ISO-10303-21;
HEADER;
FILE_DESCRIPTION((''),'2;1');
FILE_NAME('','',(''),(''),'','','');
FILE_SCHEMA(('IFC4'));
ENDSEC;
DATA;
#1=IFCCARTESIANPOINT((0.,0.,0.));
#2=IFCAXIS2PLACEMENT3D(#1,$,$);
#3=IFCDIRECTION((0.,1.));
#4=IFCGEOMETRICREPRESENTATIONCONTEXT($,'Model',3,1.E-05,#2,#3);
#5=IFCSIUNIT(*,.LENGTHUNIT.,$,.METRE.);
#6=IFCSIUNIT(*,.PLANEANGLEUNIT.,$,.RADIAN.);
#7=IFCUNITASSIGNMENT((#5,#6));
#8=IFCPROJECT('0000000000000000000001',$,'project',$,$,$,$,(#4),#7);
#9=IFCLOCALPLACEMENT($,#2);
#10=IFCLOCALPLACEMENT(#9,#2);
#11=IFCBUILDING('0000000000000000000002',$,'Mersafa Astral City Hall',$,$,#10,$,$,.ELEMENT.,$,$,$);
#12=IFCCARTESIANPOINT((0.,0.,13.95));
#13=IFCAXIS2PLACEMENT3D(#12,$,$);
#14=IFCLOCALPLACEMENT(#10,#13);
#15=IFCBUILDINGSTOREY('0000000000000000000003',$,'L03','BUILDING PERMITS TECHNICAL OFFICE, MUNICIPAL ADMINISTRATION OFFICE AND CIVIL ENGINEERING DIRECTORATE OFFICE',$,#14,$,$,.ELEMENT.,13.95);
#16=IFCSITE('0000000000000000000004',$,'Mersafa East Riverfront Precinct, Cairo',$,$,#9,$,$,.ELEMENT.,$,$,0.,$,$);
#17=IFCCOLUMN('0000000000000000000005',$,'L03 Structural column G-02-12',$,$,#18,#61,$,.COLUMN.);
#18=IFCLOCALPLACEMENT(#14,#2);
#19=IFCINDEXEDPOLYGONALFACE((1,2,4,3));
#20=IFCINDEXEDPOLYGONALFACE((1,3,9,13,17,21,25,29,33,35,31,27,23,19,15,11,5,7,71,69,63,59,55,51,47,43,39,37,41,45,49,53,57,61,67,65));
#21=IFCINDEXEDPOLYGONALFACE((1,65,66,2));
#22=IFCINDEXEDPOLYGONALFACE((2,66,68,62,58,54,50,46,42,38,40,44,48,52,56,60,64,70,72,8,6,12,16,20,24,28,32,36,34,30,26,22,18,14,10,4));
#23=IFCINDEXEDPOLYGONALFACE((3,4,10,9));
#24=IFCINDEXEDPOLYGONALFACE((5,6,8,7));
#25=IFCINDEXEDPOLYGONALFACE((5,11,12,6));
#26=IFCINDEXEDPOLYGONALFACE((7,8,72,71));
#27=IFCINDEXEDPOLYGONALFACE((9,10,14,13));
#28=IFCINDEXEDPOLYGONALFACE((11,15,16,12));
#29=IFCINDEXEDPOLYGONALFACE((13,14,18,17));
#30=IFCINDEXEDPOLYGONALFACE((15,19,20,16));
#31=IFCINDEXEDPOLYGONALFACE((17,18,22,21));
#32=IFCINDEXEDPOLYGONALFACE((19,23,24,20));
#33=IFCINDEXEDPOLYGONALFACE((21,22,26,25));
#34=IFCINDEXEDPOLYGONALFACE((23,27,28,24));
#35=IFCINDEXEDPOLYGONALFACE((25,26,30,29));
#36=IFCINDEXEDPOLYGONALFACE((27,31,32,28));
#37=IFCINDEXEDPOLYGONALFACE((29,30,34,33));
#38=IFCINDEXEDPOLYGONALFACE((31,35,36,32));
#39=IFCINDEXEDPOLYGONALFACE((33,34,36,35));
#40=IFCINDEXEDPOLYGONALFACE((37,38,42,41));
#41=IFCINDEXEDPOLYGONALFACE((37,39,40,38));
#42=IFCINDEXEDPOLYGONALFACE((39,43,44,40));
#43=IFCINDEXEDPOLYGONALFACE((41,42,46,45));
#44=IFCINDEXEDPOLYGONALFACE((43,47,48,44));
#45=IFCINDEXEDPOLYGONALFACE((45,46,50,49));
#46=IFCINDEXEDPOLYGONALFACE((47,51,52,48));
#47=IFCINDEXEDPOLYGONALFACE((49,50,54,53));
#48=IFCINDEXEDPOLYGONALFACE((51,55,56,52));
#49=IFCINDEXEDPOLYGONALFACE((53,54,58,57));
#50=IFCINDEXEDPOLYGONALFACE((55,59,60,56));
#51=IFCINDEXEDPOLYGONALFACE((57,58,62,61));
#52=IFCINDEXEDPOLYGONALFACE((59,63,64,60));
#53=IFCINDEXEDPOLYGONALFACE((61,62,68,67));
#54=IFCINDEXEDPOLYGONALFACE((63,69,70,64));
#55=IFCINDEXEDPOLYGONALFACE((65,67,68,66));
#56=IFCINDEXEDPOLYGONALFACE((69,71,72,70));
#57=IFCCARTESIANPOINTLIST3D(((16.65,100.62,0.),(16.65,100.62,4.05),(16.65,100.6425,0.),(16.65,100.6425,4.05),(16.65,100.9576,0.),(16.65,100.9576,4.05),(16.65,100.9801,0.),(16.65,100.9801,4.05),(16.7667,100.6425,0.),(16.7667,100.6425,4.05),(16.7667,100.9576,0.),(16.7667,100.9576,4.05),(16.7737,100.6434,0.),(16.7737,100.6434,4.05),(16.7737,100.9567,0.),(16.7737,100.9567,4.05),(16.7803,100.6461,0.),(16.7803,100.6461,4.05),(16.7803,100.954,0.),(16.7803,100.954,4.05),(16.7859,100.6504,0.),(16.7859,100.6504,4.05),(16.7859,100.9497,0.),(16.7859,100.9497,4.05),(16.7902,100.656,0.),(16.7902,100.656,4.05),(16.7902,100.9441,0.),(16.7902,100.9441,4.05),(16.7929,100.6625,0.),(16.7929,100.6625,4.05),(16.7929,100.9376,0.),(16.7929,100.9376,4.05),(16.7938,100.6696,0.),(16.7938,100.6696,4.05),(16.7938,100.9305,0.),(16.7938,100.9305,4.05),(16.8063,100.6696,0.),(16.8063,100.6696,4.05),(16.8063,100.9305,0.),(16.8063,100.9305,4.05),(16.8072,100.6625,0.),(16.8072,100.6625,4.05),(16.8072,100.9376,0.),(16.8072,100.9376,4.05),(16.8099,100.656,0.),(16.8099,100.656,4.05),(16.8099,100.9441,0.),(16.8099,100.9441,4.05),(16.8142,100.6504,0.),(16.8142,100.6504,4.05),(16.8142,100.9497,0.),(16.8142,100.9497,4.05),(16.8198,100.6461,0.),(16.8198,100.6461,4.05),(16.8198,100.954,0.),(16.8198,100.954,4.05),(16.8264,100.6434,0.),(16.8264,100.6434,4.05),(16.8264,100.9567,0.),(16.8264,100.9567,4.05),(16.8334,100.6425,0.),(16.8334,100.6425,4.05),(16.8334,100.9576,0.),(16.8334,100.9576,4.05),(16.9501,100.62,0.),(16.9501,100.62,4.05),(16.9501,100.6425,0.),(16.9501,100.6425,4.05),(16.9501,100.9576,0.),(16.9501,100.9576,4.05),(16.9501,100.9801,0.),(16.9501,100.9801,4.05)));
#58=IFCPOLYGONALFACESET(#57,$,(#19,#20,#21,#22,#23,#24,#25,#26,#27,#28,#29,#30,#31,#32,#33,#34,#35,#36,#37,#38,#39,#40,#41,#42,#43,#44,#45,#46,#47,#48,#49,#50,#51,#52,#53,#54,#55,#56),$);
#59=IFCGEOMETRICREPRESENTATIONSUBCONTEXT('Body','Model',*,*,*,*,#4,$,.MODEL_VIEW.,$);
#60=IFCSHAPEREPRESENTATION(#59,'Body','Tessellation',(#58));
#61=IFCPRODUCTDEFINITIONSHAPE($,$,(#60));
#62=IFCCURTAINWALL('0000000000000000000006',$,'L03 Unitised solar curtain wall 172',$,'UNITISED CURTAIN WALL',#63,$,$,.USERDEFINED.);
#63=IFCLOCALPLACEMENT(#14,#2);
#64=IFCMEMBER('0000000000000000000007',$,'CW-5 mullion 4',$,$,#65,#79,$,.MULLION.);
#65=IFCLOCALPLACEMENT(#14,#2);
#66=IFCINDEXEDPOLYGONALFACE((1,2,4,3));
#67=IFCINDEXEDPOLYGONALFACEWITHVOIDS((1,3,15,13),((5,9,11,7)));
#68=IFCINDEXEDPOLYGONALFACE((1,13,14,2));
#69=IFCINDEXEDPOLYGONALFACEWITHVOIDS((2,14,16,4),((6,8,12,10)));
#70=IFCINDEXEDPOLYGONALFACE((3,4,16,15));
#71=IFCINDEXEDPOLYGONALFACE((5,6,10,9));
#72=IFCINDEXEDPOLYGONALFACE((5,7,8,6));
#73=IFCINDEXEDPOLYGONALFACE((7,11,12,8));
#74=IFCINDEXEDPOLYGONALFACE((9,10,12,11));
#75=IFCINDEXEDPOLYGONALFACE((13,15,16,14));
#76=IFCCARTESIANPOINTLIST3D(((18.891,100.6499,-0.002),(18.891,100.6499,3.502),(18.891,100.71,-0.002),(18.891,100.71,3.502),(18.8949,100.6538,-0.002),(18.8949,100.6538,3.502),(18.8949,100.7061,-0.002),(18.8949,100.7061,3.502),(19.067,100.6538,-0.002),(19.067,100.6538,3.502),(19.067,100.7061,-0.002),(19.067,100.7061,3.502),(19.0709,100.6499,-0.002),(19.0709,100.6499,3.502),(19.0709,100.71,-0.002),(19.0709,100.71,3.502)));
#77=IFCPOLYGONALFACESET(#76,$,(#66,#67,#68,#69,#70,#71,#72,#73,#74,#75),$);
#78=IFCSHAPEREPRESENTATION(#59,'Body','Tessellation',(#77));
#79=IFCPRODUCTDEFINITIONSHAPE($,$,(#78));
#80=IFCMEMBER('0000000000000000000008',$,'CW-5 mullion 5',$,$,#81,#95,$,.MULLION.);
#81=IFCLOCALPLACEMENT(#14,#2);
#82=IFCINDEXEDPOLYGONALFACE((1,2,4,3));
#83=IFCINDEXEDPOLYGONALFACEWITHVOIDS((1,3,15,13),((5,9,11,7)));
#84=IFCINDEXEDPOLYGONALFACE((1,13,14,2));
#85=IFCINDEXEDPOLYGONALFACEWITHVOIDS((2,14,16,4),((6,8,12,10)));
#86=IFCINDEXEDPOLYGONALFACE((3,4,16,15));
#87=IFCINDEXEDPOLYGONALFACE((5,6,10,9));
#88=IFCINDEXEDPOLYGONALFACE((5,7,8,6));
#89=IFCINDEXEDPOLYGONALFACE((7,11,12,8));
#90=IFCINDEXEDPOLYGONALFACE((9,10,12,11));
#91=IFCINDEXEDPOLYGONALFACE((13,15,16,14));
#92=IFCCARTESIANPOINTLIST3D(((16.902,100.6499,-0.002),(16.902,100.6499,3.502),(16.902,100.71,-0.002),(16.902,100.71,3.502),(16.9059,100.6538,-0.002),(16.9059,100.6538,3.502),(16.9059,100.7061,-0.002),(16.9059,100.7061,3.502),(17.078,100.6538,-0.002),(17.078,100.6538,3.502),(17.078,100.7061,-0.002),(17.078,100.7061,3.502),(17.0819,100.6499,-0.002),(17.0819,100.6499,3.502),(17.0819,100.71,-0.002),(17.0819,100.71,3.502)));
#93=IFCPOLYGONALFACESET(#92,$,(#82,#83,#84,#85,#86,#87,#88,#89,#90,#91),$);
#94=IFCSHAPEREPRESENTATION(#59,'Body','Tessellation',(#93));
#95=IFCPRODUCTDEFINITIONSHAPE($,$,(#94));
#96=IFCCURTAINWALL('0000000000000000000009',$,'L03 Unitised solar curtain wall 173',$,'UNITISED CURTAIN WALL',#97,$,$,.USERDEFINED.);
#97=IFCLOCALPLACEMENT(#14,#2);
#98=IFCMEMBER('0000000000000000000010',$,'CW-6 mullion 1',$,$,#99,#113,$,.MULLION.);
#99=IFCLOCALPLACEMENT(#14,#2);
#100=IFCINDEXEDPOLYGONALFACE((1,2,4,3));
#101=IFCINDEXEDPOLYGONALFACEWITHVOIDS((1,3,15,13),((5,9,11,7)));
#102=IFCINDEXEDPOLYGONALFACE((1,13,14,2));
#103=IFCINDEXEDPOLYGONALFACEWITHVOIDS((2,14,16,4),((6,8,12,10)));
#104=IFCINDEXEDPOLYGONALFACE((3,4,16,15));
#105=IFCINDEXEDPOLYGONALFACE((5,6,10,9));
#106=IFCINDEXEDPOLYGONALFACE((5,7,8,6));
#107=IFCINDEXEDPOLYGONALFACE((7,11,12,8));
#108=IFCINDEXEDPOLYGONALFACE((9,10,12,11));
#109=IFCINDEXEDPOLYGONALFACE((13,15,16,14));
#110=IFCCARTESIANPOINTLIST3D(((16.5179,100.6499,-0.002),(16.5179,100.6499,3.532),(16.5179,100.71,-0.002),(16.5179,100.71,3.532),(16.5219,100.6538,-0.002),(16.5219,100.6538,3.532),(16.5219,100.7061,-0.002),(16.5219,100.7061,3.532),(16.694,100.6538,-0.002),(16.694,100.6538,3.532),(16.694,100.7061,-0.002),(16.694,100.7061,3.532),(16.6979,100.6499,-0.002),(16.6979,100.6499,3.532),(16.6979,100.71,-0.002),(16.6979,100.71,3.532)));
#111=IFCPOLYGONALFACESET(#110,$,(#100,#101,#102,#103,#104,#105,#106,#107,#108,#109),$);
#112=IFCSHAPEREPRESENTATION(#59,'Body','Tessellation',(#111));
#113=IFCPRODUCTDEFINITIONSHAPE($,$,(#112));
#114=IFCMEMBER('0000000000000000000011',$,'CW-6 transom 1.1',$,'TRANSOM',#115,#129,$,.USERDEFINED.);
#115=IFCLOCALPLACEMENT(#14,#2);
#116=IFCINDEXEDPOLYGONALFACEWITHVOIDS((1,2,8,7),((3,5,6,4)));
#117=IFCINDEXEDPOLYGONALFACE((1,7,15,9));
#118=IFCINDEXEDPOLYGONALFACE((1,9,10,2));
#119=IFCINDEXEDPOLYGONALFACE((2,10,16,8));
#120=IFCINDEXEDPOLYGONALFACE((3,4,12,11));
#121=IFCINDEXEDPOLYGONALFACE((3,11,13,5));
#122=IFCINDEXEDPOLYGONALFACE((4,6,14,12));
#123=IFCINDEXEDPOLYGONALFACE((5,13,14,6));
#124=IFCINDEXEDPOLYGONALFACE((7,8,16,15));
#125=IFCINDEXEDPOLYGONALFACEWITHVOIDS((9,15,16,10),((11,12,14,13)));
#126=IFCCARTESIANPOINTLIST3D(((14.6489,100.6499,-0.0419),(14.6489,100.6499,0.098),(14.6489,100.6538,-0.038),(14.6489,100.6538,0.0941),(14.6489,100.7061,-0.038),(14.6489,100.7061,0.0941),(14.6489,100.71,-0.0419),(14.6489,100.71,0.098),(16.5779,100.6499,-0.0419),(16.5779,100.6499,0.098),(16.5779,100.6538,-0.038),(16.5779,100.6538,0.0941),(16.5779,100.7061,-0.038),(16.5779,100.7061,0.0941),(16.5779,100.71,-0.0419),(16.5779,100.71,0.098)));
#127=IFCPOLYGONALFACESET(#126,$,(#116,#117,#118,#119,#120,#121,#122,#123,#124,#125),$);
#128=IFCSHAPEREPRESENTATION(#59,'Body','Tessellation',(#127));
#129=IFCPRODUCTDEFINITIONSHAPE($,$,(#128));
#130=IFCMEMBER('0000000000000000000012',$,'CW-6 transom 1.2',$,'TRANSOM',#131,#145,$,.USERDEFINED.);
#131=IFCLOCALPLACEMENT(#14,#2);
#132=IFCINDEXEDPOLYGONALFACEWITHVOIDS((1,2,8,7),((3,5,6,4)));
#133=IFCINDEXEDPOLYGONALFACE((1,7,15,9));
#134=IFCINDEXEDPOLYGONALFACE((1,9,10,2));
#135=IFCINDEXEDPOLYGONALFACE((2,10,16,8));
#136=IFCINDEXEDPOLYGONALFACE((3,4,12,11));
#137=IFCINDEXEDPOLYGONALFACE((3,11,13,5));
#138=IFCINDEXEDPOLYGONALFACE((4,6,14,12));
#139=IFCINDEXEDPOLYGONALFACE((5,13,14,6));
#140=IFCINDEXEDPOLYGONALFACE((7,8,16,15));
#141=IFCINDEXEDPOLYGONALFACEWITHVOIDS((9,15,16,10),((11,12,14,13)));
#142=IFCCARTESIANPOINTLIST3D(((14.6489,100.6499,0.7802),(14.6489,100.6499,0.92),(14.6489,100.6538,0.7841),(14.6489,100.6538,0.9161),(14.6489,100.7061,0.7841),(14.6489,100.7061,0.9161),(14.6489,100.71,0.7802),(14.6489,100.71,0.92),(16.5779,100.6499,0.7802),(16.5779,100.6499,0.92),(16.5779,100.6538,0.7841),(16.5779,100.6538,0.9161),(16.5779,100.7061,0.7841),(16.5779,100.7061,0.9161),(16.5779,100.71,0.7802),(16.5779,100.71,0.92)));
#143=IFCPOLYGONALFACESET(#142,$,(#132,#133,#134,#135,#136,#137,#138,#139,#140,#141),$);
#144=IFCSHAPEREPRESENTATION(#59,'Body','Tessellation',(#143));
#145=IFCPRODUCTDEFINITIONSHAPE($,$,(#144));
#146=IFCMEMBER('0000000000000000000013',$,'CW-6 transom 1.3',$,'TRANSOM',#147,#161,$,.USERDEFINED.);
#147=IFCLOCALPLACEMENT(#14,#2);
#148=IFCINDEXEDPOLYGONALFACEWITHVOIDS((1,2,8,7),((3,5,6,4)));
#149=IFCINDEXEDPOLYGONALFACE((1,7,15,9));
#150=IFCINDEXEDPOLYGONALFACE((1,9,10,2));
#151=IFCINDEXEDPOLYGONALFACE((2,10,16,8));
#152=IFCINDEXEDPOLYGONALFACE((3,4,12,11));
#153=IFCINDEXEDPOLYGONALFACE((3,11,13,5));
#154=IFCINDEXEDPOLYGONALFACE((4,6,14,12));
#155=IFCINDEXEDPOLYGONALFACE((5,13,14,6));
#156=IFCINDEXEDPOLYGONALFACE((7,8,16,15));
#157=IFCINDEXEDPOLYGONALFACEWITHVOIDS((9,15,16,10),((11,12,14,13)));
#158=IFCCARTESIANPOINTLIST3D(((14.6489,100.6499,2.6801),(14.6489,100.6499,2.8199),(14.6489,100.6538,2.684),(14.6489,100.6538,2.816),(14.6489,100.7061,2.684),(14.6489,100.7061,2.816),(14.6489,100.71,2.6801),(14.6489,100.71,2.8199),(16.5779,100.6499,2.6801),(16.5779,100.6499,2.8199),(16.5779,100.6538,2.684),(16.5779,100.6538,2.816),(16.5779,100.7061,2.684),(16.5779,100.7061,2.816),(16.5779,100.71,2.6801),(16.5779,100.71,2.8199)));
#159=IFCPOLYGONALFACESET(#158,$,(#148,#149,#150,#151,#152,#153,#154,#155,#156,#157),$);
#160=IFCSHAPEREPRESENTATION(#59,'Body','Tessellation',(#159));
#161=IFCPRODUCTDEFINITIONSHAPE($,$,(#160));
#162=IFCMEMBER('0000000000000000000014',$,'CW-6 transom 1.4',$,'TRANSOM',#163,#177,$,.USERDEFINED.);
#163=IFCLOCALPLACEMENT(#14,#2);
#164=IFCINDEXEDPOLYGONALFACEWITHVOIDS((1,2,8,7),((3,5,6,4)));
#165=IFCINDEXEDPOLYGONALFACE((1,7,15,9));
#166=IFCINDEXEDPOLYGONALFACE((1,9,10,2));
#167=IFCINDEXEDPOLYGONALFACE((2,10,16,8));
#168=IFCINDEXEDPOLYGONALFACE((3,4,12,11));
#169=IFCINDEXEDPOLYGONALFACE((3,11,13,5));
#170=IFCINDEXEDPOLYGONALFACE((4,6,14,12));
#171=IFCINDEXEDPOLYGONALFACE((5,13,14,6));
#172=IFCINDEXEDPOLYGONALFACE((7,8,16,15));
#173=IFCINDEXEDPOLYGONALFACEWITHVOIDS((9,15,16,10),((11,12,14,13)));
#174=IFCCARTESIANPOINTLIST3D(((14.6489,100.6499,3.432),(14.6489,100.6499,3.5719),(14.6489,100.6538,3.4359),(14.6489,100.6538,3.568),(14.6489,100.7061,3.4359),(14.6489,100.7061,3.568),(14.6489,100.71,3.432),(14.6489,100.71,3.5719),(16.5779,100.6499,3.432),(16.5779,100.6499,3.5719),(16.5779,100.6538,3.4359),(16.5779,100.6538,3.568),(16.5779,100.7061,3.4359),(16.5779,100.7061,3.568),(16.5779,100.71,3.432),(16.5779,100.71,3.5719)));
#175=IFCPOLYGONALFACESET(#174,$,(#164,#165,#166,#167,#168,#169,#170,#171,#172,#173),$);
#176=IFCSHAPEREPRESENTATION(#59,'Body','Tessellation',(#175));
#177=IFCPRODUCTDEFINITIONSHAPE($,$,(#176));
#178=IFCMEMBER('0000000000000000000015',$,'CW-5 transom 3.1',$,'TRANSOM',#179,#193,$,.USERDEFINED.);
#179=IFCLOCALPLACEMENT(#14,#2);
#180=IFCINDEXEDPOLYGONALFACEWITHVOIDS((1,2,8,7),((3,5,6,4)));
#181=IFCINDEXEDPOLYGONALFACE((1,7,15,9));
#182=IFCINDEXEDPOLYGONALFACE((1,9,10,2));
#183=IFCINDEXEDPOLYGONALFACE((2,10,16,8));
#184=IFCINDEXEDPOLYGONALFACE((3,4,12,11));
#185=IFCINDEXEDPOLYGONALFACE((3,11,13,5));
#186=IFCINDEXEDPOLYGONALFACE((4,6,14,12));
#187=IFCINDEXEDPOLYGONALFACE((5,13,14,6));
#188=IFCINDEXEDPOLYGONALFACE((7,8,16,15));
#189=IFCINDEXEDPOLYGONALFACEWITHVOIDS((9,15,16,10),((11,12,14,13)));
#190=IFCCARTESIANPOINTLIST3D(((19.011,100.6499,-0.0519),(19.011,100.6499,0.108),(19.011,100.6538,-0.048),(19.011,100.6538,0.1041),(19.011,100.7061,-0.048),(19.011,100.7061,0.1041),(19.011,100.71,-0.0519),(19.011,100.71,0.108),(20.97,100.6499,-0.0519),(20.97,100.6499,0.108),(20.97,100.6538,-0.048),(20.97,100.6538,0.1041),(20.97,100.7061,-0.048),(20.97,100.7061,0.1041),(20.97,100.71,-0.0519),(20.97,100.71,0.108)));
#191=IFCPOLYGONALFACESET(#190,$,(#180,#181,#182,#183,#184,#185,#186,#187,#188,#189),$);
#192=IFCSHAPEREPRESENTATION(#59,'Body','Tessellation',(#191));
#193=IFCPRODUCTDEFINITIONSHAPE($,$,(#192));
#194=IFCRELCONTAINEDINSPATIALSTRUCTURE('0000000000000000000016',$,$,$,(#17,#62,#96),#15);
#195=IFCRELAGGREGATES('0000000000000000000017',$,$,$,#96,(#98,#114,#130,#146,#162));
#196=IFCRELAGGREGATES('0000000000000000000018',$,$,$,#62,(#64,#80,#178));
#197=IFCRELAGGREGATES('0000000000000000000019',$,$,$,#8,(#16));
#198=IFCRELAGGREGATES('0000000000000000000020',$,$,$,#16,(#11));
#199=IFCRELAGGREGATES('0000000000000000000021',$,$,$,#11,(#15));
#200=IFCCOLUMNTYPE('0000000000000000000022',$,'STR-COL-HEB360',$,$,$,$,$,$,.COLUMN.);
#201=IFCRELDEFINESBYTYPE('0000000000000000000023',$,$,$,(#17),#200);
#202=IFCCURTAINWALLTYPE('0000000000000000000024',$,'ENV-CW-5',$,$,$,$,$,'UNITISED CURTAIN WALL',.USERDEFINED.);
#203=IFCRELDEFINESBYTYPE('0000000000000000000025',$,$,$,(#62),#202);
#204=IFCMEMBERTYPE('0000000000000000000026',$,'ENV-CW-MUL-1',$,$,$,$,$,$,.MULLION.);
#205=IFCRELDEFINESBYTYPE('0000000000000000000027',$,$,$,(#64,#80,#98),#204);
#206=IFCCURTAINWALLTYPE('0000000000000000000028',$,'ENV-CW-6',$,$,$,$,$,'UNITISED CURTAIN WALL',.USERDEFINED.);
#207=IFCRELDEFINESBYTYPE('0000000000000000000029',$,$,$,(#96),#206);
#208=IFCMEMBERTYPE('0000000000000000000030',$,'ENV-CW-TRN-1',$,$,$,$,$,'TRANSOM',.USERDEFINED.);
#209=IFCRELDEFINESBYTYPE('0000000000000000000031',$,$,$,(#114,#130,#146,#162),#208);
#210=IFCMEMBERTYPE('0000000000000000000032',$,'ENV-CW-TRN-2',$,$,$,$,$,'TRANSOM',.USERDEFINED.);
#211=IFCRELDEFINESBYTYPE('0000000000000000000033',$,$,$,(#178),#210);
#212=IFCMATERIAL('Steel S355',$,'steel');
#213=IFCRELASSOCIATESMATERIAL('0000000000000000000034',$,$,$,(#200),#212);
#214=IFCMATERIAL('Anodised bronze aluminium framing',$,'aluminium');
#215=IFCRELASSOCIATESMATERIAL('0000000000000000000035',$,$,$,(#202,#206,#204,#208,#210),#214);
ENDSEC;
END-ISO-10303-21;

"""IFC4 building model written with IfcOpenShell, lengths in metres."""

from ifc_helpers import new_model, si_unit, direction, frame, origin, origin_2d, place, context, subcontext, project, spatial, hollow_rectangle, i_section, extrude, material, material_profile, profile_set, type_object, element, aggregate, save


model = new_model("IFC4")

# Units and contexts
model_context = context("Model", 3, precision=1e-05, world=origin(), true_north=direction((0.0, 1.0)))
body_context = subcontext(model_context, "Body", "Model", "MODEL_VIEW")
ifc_project = project(units=[si_unit("LENGTHUNIT", "METRE"), si_unit("PLANEANGLEUNIT", "RADIAN")], contexts=[model_context])

# Site, building, storey
site_placement = place(None, origin())
site = spatial("IfcSite", under=ifc_project, at=site_placement, Name="Mersafa East Riverfront Precinct, Cairo", CompositionType="ELEMENT", RefElevation=0.0)
building_placement = place(site_placement, origin())
building = spatial("IfcBuilding", under=site, at=building_placement, Name="Mersafa Astral City Hall", CompositionType="ELEMENT")
storey_placement = place(building_placement, frame((0.0, 0.0, 13.95)))
storey = spatial("IfcBuildingStorey", under=building, at=storey_placement, Name="L03", Description="BUILDING PERMITS TECHNICAL OFFICE, MUNICIPAL ADMINISTRATION OFFICE AND CIVIL ENGINEERING DIRECTORATE OFFICE", CompositionType="ELEMENT", Elevation=13.95)

# Column
ifc_material_1 = material(Name="Steel S355", Category="steel")
ifc_material_profile_1 = material_profile(ifc_material_1, i_section(OverallWidth=0.3, OverallDepth=0.3601, WebThickness=0.0125, FlangeThickness=0.0225, FilletRadius=0.0271, at=origin_2d()), Name="HEB 360")
ifc_profile_set_1 = profile_set([ifc_material_profile_1], Name="Steel S355")
column_type = type_object("IfcColumnType", Name="STR-COL-HEB360", PredefinedType="COLUMN", material=ifc_profile_set_1)
column_placement = place(storey_placement, frame((16.8, 100.8, 0.0), z_axis=(0.0, 0.0, 1.0), x_axis=(1.0, 0.0, 0.0)))
element("IfcColumn", 1, at=column_placement, inside=storey, type_object=column_type, Name="L03 Structural column G-02-12", PredefinedType="COLUMN", context=body_context, shape_type="SweptSolid", body=[
    extrude(i_section(OverallWidth=0.3, OverallDepth=0.3601, WebThickness=0.0125, FlangeThickness=0.0225, FilletRadius=0.0271, at=origin_2d()), origin(), (0.0, 0.0, 1.0), 4.05),
])

# Curtain walls, members
ifc_material_2 = material(Name="Anodised bronze aluminium framing", Category="aluminium")
curtain_wall_type_1 = type_object("IfcCurtainWallType", Name="ENV-CW-5", ElementType="UNITISED CURTAIN WALL", PredefinedType="USERDEFINED", material=ifc_material_2)
curtain_wall_1_placement = place(storey_placement, origin())
curtain_wall_1 = element("IfcCurtainWall", 2, at=curtain_wall_1_placement, inside=storey, type_object=curtain_wall_type_1, Name="L03 Unitised solar curtain wall 172", ObjectType="UNITISED CURTAIN WALL", PredefinedType="USERDEFINED")
ifc_material_profile_2 = material_profile(ifc_material_2, hollow_rectangle(XDim=0.0601, YDim=0.1799, WallThickness=0.0039, at=origin_2d()), Name="RHS 60x180x4")
ifc_profile_set_2 = profile_set([ifc_material_profile_2], Name="Anodised bronze aluminium framing")
member_type_1 = type_object("IfcMemberType", Name="ENV-CW-MUL-1", PredefinedType="MULLION", material=ifc_profile_set_2)
member_1_placement = place(storey_placement, frame((18.981, 100.6799, -0.002), z_axis=(0.0, 0.0, 1.0), x_axis=(0.0, -1.0, 0.0)))
member_1 = element("IfcMember", 3, at=member_1_placement, type_object=member_type_1, Name="CW-5 mullion 4", PredefinedType="MULLION", context=body_context, shape_type="SweptSolid", body=[
    extrude(hollow_rectangle(XDim=0.0601, YDim=0.1799, WallThickness=0.0039, at=origin_2d()), origin(), (0.0, 0.0, 1.0), 3.5039),
])
member_2_placement = place(storey_placement, frame((16.9919, 100.6799, -0.002), z_axis=(0.0, 0.0, 1.0), x_axis=(0.0, -1.0, 0.0)))
member_2 = element("IfcMember", 4, at=member_2_placement, type_object=member_type_1, Name="CW-5 mullion 5", PredefinedType="MULLION", context=body_context, shape_type="SweptSolid", body=[
    extrude(hollow_rectangle(XDim=0.0601, YDim=0.1799, WallThickness=0.0039, at=origin_2d()), origin(), (0.0, 0.0, 1.0), 3.5039),
])
curtain_wall_type_2 = type_object("IfcCurtainWallType", Name="ENV-CW-6", ElementType="UNITISED CURTAIN WALL", PredefinedType="USERDEFINED", material=ifc_material_2)
curtain_wall_2_placement = place(storey_placement, origin())
curtain_wall_2 = element("IfcCurtainWall", 5, at=curtain_wall_2_placement, inside=storey, type_object=curtain_wall_type_2, Name="L03 Unitised solar curtain wall 173", ObjectType="UNITISED CURTAIN WALL", PredefinedType="USERDEFINED")
member_3_placement = place(storey_placement, frame((16.6079, 100.6799, -0.002), z_axis=(0.0, 0.0, 1.0), x_axis=(0.0, -1.0, 0.0)))
member_3 = element("IfcMember", 6, at=member_3_placement, type_object=member_type_1, Name="CW-6 mullion 1", PredefinedType="MULLION", context=body_context, shape_type="SweptSolid", body=[
    extrude(hollow_rectangle(XDim=0.0601, YDim=0.1799, WallThickness=0.0039, at=origin_2d()), origin(), (0.0, 0.0, 1.0), 3.5339),
])
ifc_material_profile_3 = material_profile(ifc_material_2, hollow_rectangle(XDim=0.0601, YDim=0.1399, WallThickness=0.0039, at=origin_2d()), Name="RHS 60x140x4")
ifc_profile_set_3 = profile_set([ifc_material_profile_3], Name="Anodised bronze aluminium framing")
member_type_2 = type_object("IfcMemberType", Name="ENV-CW-TRN-1", ElementType="TRANSOM", PredefinedType="USERDEFINED", material=ifc_profile_set_3)
member_4_placement = place(storey_placement, frame((16.5779, 100.6799, 0.0281), z_axis=(-1.0, 0.0, 0.0), x_axis=(0.0, -1.0, 0.0)))
member_4 = element("IfcMember", 7, at=member_4_placement, type_object=member_type_2, Name="CW-6 transom 1.1", ObjectType="TRANSOM", PredefinedType="USERDEFINED", context=body_context, shape_type="SweptSolid", body=[
    extrude(hollow_rectangle(XDim=0.0601, YDim=0.1399, WallThickness=0.0039, at=origin_2d()), origin(), (0.0, 0.0, 1.0), 1.929),
])
member_5_placement = place(storey_placement, frame((16.5779, 100.6799, 0.8501), z_axis=(-1.0, 0.0, 0.0), x_axis=(0.0, -1.0, 0.0)))
member_5 = element("IfcMember", 8, at=member_5_placement, type_object=member_type_2, Name="CW-6 transom 1.2", ObjectType="TRANSOM", PredefinedType="USERDEFINED", context=body_context, shape_type="SweptSolid", body=[
    extrude(hollow_rectangle(XDim=0.0601, YDim=0.1399, WallThickness=0.0039, at=origin_2d()), origin(), (0.0, 0.0, 1.0), 1.929),
])
member_6_placement = place(storey_placement, frame((16.5779, 100.6799, 2.75), z_axis=(-1.0, 0.0, 0.0), x_axis=(0.0, -1.0, 0.0)))
member_6 = element("IfcMember", 9, at=member_6_placement, type_object=member_type_2, Name="CW-6 transom 1.3", ObjectType="TRANSOM", PredefinedType="USERDEFINED", context=body_context, shape_type="SweptSolid", body=[
    extrude(hollow_rectangle(XDim=0.0601, YDim=0.1399, WallThickness=0.0039, at=origin_2d()), origin(), (0.0, 0.0, 1.0), 1.929),
])
member_7_placement = place(storey_placement, frame((16.5779, 100.6799, 3.502), z_axis=(-1.0, 0.0, 0.0), x_axis=(0.0, -1.0, 0.0)))
member_7 = element("IfcMember", 10, at=member_7_placement, type_object=member_type_2, Name="CW-6 transom 1.4", ObjectType="TRANSOM", PredefinedType="USERDEFINED", context=body_context, shape_type="SweptSolid", body=[
    extrude(hollow_rectangle(XDim=0.0601, YDim=0.1399, WallThickness=0.0039, at=origin_2d()), origin(), (0.0, 0.0, 1.0), 1.929),
])
aggregate(curtain_wall_2, [member_3, member_4, member_5, member_6, member_7])

# Member
ifc_material_profile_4 = material_profile(ifc_material_2, hollow_rectangle(XDim=0.0601, YDim=0.1599, WallThickness=0.0039, at=origin_2d()), Name="RHS 60x160x4")
ifc_profile_set_4 = profile_set([ifc_material_profile_4], Name="Anodised bronze aluminium framing")
member_type_3 = type_object("IfcMemberType", Name="ENV-CW-TRN-2", ElementType="TRANSOM", PredefinedType="USERDEFINED", material=ifc_profile_set_4)
member_8_placement = place(storey_placement, frame((20.97, 100.6799, 0.0281), z_axis=(-1.0, 0.0, 0.0), x_axis=(0.0, -1.0, 0.0)))
member_8 = element("IfcMember", 11, at=member_8_placement, type_object=member_type_3, Name="CW-5 transom 3.1", ObjectType="TRANSOM", PredefinedType="USERDEFINED", context=body_context, shape_type="SweptSolid", body=[
    extrude(hollow_rectangle(XDim=0.0601, YDim=0.1599, WallThickness=0.0039, at=origin_2d()), origin(), (0.0, 0.0, 1.0), 1.959),
])

aggregate(curtain_wall_1, [member_1, member_2, member_8])

save(model, "model.ifc")
